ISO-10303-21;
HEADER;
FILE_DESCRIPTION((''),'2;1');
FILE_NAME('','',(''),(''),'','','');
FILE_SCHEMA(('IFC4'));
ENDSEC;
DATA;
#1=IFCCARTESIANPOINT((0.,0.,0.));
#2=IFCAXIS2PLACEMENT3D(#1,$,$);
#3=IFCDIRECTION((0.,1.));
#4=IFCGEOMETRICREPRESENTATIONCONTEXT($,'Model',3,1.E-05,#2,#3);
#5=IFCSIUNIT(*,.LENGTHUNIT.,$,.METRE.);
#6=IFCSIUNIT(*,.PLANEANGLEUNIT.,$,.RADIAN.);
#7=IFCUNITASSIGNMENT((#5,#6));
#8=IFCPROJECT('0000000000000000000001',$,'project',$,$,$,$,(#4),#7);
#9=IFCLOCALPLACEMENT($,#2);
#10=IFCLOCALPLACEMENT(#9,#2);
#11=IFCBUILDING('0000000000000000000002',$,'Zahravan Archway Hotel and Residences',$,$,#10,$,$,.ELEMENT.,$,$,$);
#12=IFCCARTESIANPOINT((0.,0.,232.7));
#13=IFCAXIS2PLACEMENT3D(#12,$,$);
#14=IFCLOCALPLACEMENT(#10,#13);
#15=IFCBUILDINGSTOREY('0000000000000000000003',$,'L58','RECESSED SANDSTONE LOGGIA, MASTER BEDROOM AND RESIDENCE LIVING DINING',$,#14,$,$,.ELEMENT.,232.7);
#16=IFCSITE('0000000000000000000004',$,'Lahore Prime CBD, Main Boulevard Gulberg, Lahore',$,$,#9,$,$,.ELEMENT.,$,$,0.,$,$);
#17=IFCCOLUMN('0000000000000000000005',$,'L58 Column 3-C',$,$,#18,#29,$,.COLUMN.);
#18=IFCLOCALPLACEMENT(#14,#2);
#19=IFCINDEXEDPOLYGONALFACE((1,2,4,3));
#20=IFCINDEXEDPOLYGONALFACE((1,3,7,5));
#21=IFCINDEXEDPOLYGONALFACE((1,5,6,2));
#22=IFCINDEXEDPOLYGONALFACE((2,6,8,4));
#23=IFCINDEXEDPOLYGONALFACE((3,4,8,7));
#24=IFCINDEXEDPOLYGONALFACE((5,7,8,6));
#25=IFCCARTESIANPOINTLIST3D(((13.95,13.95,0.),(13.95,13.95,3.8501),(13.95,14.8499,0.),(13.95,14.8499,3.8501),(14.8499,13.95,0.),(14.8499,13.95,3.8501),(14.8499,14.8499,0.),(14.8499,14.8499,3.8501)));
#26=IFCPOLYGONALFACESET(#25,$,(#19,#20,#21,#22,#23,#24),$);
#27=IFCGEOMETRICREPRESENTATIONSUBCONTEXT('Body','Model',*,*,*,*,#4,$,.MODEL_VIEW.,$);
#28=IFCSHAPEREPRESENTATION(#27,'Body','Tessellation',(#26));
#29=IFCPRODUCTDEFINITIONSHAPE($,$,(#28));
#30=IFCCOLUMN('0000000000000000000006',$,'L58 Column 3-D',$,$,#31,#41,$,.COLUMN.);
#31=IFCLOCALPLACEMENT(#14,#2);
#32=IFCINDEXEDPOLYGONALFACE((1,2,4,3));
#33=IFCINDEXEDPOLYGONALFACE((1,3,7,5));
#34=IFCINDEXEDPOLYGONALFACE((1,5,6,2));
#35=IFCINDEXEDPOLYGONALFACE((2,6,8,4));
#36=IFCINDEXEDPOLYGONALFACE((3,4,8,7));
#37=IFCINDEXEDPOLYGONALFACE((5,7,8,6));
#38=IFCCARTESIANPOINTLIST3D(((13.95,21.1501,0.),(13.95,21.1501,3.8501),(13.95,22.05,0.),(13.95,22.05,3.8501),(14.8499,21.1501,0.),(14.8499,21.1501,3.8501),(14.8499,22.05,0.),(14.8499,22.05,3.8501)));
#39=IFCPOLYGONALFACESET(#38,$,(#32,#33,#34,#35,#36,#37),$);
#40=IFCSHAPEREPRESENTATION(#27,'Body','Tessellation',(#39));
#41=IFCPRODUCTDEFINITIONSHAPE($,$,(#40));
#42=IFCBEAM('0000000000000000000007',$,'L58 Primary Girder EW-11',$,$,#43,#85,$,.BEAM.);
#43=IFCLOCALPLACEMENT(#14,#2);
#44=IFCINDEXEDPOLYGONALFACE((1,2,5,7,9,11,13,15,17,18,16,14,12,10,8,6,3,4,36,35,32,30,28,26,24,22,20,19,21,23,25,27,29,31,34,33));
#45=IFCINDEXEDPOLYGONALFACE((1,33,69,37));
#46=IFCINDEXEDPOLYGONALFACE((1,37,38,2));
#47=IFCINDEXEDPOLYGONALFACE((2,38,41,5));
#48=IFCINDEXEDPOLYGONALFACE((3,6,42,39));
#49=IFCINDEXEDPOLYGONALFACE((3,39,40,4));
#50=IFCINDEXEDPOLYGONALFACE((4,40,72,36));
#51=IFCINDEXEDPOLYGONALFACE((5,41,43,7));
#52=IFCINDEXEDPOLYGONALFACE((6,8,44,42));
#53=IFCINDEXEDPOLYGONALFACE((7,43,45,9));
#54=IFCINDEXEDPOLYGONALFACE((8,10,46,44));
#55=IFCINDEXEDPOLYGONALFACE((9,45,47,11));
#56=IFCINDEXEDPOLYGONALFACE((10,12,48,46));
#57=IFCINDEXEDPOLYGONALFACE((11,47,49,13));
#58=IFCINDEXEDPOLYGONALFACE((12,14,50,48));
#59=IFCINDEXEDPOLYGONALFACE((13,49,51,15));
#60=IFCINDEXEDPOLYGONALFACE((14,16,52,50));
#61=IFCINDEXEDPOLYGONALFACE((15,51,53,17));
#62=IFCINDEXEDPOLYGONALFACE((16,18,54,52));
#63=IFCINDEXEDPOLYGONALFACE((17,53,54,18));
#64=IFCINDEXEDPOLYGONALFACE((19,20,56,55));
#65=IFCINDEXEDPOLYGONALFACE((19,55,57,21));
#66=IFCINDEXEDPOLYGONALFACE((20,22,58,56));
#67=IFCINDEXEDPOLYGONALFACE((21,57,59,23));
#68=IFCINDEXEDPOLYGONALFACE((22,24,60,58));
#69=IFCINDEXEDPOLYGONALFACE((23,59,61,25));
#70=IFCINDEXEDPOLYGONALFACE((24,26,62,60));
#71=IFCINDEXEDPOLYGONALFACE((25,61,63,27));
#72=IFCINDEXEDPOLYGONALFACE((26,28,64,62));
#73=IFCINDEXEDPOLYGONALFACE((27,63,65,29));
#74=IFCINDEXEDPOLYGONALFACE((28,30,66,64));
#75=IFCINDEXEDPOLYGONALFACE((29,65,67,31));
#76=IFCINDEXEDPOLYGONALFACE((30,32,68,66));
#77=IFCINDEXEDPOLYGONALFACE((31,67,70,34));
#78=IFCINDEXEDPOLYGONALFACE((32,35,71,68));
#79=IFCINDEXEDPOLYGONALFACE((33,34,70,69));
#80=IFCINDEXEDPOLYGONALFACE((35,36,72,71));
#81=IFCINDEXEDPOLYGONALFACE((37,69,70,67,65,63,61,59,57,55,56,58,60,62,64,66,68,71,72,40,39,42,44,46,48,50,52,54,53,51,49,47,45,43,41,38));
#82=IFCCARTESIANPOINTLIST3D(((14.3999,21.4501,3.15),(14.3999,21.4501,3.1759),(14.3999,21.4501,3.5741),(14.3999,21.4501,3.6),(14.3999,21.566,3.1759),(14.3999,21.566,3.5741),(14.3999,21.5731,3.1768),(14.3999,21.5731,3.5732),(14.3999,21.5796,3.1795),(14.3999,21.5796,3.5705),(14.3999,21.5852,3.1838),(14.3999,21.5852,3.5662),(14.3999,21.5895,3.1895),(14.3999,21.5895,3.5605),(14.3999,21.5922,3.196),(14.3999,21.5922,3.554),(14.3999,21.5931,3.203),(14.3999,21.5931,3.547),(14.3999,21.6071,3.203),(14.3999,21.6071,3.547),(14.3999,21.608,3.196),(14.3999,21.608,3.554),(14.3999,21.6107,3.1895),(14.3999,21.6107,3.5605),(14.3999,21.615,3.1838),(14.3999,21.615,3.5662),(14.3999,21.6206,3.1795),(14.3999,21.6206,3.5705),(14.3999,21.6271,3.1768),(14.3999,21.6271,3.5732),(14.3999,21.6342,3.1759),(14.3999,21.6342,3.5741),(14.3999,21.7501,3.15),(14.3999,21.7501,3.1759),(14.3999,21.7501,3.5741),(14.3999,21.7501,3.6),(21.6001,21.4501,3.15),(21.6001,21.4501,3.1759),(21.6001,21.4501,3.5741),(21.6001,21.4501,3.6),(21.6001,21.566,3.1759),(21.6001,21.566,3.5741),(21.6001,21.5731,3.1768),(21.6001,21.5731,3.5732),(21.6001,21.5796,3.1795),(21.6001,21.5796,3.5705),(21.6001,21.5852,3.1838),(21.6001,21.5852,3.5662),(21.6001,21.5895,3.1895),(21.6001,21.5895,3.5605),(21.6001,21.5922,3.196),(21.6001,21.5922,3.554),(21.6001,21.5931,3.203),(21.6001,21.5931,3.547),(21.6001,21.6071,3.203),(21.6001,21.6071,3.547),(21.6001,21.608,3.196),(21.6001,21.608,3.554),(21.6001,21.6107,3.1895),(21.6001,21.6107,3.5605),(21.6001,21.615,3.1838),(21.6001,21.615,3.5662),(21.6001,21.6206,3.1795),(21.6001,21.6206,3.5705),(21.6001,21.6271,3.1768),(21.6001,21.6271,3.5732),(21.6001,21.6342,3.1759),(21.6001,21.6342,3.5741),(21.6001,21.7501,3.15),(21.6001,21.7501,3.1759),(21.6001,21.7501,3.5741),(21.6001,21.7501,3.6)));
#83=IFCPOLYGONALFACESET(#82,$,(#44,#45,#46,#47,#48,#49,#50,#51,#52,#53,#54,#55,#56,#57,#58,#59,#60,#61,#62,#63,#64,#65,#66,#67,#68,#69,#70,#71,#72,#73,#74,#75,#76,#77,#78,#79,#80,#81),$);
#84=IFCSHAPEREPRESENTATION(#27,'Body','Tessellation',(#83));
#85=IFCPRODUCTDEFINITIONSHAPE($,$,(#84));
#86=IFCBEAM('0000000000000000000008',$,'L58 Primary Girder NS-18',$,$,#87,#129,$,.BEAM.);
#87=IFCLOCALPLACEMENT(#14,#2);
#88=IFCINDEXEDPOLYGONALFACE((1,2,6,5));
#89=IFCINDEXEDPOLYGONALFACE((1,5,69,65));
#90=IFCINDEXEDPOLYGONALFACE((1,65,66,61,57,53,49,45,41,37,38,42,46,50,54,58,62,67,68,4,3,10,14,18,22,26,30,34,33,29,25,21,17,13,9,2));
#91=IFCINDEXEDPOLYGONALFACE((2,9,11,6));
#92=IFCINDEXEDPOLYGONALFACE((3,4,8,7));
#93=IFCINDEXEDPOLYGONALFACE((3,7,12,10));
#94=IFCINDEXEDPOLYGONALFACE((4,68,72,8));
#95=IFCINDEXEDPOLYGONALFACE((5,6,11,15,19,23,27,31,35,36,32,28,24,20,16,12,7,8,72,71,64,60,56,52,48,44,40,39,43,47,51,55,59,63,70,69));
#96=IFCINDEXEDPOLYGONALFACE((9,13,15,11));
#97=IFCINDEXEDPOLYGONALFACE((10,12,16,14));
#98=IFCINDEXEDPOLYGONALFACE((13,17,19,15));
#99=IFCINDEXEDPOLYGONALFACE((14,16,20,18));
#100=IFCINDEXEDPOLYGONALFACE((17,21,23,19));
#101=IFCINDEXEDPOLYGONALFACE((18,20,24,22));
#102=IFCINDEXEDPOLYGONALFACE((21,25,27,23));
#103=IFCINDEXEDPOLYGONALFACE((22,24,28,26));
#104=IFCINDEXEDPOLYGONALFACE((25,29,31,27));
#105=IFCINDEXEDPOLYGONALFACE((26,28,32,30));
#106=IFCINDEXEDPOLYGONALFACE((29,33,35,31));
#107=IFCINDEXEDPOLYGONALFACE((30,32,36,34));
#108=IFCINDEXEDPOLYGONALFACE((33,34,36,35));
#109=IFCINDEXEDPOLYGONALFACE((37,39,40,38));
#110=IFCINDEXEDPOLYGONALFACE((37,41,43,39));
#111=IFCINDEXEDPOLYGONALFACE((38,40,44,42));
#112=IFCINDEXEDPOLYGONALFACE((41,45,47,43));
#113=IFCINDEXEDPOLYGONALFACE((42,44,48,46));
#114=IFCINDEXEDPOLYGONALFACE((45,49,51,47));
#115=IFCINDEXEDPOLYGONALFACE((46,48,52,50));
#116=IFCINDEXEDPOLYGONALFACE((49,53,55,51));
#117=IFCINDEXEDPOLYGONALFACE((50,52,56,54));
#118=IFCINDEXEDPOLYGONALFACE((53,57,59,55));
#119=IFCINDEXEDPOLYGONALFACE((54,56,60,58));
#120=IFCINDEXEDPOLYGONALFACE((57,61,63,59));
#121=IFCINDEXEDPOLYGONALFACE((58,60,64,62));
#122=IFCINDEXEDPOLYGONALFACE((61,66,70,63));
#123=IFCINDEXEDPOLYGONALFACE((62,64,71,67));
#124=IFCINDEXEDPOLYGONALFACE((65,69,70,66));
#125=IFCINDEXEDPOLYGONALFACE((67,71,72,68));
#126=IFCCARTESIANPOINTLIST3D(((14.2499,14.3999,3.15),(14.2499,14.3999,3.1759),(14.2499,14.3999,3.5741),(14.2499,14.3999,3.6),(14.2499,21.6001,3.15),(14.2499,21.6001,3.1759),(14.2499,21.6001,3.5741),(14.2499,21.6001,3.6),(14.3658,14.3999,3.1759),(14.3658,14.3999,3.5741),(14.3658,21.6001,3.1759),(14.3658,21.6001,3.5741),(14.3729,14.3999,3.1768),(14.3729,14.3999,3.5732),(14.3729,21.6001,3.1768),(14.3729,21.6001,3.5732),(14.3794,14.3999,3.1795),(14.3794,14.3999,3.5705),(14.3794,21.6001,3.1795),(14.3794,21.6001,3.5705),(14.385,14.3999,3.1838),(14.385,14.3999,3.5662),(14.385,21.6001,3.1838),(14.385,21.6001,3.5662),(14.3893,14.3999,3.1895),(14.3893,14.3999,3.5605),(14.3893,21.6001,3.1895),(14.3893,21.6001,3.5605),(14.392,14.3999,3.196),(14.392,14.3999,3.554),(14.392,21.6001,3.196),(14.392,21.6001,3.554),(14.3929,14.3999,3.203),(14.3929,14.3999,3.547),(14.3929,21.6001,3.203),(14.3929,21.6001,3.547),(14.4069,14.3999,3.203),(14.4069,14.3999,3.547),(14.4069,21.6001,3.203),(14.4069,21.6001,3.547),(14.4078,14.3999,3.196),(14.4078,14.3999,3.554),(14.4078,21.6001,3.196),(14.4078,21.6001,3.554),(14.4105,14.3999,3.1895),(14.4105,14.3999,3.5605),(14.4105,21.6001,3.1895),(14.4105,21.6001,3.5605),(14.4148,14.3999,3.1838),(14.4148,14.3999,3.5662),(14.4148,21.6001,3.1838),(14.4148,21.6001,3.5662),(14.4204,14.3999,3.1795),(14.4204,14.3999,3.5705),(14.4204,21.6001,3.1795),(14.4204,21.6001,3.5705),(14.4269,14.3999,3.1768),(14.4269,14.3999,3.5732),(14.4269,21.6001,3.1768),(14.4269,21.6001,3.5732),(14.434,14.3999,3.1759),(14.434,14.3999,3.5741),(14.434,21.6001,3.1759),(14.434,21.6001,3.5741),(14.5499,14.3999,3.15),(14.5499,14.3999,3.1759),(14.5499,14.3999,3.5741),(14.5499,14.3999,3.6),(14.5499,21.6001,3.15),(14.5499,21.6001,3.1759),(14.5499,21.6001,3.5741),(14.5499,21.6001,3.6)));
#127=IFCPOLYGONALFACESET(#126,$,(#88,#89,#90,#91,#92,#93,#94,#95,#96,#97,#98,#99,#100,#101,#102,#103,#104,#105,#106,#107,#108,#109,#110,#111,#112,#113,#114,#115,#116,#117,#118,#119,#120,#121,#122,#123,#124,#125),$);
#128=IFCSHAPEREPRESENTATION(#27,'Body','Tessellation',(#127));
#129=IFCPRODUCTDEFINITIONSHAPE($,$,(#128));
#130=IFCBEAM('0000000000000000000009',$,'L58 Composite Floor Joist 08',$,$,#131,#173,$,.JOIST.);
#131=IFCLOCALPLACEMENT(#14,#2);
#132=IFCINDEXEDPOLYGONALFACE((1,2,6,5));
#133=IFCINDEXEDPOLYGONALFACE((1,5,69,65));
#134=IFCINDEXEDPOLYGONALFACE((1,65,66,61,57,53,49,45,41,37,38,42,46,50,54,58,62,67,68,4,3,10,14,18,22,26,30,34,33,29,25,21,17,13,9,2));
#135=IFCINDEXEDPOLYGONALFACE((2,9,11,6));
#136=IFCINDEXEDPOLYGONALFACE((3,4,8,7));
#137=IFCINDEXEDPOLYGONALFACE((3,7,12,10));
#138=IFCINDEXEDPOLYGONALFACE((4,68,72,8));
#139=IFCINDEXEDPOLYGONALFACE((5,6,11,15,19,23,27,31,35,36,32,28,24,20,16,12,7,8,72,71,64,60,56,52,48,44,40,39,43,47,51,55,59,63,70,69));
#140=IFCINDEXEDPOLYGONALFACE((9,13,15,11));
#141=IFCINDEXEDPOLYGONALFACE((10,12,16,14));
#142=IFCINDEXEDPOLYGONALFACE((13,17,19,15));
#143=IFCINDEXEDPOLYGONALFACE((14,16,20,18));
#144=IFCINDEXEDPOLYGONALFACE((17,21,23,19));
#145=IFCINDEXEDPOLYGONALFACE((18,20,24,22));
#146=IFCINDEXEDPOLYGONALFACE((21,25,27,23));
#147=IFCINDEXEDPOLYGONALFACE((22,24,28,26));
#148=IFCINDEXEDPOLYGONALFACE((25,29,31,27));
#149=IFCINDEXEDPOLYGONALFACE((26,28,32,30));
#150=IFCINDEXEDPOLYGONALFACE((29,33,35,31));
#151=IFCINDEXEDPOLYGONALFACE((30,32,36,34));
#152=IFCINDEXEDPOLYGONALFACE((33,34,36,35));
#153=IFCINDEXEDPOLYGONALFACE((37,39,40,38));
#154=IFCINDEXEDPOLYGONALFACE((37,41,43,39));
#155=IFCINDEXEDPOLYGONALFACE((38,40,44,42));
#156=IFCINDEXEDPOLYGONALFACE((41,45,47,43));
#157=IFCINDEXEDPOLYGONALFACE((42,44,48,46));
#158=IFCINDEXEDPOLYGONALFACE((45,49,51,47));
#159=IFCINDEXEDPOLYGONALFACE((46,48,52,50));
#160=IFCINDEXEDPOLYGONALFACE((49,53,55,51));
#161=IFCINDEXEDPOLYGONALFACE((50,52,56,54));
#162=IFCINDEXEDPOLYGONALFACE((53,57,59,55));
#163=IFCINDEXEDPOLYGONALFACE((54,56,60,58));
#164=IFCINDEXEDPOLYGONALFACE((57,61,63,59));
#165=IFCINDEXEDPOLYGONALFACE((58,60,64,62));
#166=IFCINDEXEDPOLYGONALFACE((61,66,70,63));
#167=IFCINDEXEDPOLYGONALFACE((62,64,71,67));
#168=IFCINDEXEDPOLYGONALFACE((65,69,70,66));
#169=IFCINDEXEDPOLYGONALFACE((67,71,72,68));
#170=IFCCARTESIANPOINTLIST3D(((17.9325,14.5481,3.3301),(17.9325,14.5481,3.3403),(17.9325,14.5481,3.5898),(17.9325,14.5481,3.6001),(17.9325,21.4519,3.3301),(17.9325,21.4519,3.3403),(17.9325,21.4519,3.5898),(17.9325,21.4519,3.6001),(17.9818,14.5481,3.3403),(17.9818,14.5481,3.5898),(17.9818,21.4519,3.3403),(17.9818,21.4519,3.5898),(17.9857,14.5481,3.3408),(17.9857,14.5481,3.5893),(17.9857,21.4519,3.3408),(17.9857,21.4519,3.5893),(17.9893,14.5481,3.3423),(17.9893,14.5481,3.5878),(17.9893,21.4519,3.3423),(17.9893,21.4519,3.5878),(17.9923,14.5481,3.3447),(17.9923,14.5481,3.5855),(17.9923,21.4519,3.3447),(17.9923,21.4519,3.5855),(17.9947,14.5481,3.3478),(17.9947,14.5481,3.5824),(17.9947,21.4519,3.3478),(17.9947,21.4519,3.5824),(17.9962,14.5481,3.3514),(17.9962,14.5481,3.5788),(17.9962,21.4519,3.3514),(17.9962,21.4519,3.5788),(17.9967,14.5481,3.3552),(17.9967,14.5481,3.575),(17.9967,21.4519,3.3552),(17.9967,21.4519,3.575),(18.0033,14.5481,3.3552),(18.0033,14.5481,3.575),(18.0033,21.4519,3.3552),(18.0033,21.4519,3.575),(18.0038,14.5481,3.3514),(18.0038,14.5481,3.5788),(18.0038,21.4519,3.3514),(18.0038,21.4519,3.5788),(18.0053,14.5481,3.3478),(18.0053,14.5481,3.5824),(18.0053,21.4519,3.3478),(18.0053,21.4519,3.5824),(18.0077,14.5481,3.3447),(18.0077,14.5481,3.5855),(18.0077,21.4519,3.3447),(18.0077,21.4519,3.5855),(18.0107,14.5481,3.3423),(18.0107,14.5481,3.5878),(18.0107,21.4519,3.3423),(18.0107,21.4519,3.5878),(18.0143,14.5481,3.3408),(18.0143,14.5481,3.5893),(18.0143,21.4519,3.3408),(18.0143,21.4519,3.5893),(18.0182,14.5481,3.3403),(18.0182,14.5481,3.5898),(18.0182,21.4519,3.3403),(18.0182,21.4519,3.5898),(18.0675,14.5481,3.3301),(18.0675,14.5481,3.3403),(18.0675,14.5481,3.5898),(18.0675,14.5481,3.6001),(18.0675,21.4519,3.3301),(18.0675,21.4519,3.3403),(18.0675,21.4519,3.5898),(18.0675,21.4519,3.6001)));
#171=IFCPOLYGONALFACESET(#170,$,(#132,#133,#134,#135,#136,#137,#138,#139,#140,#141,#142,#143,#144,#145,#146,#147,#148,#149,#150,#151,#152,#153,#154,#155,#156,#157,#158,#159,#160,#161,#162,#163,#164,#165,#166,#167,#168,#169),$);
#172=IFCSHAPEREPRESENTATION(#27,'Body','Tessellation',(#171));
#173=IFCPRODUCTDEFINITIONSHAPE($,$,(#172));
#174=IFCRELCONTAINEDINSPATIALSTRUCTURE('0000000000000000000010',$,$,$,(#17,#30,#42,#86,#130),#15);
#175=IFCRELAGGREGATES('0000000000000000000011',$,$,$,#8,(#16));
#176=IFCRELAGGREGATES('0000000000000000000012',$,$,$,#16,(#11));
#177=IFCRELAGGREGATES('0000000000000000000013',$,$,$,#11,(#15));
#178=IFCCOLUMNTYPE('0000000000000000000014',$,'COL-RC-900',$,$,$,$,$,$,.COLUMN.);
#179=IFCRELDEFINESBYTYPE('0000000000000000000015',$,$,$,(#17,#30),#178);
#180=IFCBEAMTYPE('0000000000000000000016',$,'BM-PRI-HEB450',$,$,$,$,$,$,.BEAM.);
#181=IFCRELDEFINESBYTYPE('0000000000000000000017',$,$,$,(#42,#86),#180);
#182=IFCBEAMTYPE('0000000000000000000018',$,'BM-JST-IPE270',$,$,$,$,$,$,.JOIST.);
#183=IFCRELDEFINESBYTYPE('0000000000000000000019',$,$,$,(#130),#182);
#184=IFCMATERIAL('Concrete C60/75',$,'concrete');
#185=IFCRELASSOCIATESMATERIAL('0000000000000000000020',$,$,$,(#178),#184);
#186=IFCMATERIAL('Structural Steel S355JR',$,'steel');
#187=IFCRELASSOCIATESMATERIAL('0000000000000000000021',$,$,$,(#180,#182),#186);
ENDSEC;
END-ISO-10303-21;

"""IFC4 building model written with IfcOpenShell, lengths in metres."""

from ifc_helpers import new_model, si_unit, direction, frame, origin, origin_2d, place, context, subcontext, project, spatial, rectangle, i_section, extrude, source, transform, mapped, material, material_profile, profile_set, type_object, type_shapes, element, save


model = new_model("IFC4")

# Units and contexts
model_context = context("Model", 3, precision=1e-05, world=origin(), true_north=direction((0.0, 1.0)))
body_context = subcontext(model_context, "Body", "Model", "MODEL_VIEW")
ifc_project = project(units=[si_unit("LENGTHUNIT", "METRE"), si_unit("PLANEANGLEUNIT", "RADIAN")], contexts=[model_context])

# Site, building, storey
site_placement = place(None, origin())
site = spatial("IfcSite", under=ifc_project, at=site_placement, Name="Lahore Prime CBD, Main Boulevard Gulberg, Lahore", CompositionType="ELEMENT", RefElevation=0.0)
building_placement = place(site_placement, origin())
building = spatial("IfcBuilding", under=site, at=building_placement, Name="Zahravan Archway Hotel and Residences", CompositionType="ELEMENT")
storey_placement = place(building_placement, frame((0.0, 0.0, 232.7)))
storey = spatial("IfcBuildingStorey", under=building, at=storey_placement, Name="L58", Description="RECESSED SANDSTONE LOGGIA, MASTER BEDROOM AND RESIDENCE LIVING DINING", CompositionType="ELEMENT", Elevation=232.7)

# Columns
ifc_material_1 = material(Name="Concrete C60/75", Category="concrete")
ifc_material_profile_1 = material_profile(ifc_material_1, rectangle(XDim=0.8999, YDim=0.8999, at=origin_2d()), Name="RC-COL-900x900", Category="concrete")
ifc_profile_set_1 = profile_set([ifc_material_profile_1], Name="Concrete C60/75")
column_type = type_object("IfcColumnType", Name="COL-RC-900", PredefinedType="COLUMN", material=ifc_profile_set_1)
shared_shape_1 = source(origin(), body_context, "Body", "SweptSolid", [
    extrude(rectangle(XDim=0.8999, YDim=0.8999, at=origin_2d()), origin(), (0.0, 0.0, 1.0), 3.8501),
])
type_shapes(column_type, [shared_shape_1])
for number, where, z_axis, x_axis, name in (
    (1, (14.3999, 14.3999, 0.0), (0.0, 0.0, 1.0), (1.0, 0.0, 0.0), "L58 Column 3-C"),
    (2, (14.3999, 21.6001, 0.0), (0.0, 0.0, 1.0), (1.0, 0.0, 0.0), "L58 Column 3-D"),
):
    element("IfcColumn", number, at=place(storey_placement, frame(where, z_axis=z_axis, x_axis=x_axis)), inside=storey, type_object=column_type, Name=name, PredefinedType="COLUMN", context=body_context, shape_type="MappedRepresentation", body=[
        mapped(shared_shape_1, transform((0.0, 0.0, 0.0), scale=1.0)),
    ])

# Beams
ifc_material_2 = material(Name="Structural Steel S355JR", Category="steel")
ifc_material_profile_2 = material_profile(ifc_material_2, i_section(OverallWidth=0.3, OverallDepth=0.45, WebThickness=0.0139, FlangeThickness=0.0259, FilletRadius=0.0271, at=origin_2d()), Name="HEB 450", Category="steel")
ifc_profile_set_2 = profile_set([ifc_material_profile_2], Name="Structural Steel S355JR")
beam_type_1 = type_object("IfcBeamType", Name="BM-PRI-HEB450", PredefinedType="BEAM", material=ifc_profile_set_2)
shared_shape_2 = source(origin(), body_context, "Body", "SweptSolid", [
    extrude(i_section(OverallWidth=0.3, OverallDepth=0.45, WebThickness=0.0139, FlangeThickness=0.0259, FilletRadius=0.0271, at=origin_2d()), origin(), (0.0, 0.0, 1.0), 7.2002),
])
type_shapes(beam_type_1, [shared_shape_2])
for number, where, z_axis, x_axis, name in (
    (3, (14.3999, 21.6001, 3.375), (1.0, 0.0, 0.0), (0.0, 1.0, 0.0), "L58 Primary Girder EW-11"),
    (4, (14.3999, 14.3999, 3.375), (0.0, 1.0, 0.0), (-1.0, 0.0, 0.0), "L58 Primary Girder NS-18"),
):
    element("IfcBeam", number, at=place(storey_placement, frame(where, z_axis=z_axis, x_axis=x_axis)), inside=storey, type_object=beam_type_1, Name=name, PredefinedType="BEAM", context=body_context, shape_type="MappedRepresentation", body=[
        mapped(shared_shape_2, transform((0.0, 0.0, 0.0), scale=1.0)),
    ])
ifc_material_profile_3 = material_profile(ifc_material_2, i_section(OverallWidth=0.135, OverallDepth=0.27, WebThickness=0.0066, FlangeThickness=0.0103, FilletRadius=0.0149, at=origin_2d()), Name="IPE 270", Category="steel")
ifc_profile_set_3 = profile_set([ifc_material_profile_3], Name="Structural Steel S355JR")
beam_type_2 = type_object("IfcBeamType", Name="BM-JST-IPE270", PredefinedType="JOIST", material=ifc_profile_set_3)
shared_shape_3 = source(origin(), body_context, "Body", "SweptSolid", [
    extrude(i_section(OverallWidth=0.135, OverallDepth=0.27, WebThickness=0.0066, FlangeThickness=0.0103, FilletRadius=0.0149, at=origin_2d()), origin(), (0.0, 0.0, 1.0), 6.9038),
])
beam_1_placement = place(storey_placement, frame((18.0, 14.5481, 3.4651), z_axis=(0.0, 1.0, 0.0), x_axis=(-1.0, 0.0, 0.0)))
element("IfcBeam", 5, at=beam_1_placement, inside=storey, type_object=beam_type_2, Name="L58 Composite Floor Joist 08", PredefinedType="JOIST", context=body_context, shape_type="MappedRepresentation", body=[
    mapped(shared_shape_3, transform((0.0, 0.0, 0.0), scale=1.0)),
])

save(model, "model.ifc")
